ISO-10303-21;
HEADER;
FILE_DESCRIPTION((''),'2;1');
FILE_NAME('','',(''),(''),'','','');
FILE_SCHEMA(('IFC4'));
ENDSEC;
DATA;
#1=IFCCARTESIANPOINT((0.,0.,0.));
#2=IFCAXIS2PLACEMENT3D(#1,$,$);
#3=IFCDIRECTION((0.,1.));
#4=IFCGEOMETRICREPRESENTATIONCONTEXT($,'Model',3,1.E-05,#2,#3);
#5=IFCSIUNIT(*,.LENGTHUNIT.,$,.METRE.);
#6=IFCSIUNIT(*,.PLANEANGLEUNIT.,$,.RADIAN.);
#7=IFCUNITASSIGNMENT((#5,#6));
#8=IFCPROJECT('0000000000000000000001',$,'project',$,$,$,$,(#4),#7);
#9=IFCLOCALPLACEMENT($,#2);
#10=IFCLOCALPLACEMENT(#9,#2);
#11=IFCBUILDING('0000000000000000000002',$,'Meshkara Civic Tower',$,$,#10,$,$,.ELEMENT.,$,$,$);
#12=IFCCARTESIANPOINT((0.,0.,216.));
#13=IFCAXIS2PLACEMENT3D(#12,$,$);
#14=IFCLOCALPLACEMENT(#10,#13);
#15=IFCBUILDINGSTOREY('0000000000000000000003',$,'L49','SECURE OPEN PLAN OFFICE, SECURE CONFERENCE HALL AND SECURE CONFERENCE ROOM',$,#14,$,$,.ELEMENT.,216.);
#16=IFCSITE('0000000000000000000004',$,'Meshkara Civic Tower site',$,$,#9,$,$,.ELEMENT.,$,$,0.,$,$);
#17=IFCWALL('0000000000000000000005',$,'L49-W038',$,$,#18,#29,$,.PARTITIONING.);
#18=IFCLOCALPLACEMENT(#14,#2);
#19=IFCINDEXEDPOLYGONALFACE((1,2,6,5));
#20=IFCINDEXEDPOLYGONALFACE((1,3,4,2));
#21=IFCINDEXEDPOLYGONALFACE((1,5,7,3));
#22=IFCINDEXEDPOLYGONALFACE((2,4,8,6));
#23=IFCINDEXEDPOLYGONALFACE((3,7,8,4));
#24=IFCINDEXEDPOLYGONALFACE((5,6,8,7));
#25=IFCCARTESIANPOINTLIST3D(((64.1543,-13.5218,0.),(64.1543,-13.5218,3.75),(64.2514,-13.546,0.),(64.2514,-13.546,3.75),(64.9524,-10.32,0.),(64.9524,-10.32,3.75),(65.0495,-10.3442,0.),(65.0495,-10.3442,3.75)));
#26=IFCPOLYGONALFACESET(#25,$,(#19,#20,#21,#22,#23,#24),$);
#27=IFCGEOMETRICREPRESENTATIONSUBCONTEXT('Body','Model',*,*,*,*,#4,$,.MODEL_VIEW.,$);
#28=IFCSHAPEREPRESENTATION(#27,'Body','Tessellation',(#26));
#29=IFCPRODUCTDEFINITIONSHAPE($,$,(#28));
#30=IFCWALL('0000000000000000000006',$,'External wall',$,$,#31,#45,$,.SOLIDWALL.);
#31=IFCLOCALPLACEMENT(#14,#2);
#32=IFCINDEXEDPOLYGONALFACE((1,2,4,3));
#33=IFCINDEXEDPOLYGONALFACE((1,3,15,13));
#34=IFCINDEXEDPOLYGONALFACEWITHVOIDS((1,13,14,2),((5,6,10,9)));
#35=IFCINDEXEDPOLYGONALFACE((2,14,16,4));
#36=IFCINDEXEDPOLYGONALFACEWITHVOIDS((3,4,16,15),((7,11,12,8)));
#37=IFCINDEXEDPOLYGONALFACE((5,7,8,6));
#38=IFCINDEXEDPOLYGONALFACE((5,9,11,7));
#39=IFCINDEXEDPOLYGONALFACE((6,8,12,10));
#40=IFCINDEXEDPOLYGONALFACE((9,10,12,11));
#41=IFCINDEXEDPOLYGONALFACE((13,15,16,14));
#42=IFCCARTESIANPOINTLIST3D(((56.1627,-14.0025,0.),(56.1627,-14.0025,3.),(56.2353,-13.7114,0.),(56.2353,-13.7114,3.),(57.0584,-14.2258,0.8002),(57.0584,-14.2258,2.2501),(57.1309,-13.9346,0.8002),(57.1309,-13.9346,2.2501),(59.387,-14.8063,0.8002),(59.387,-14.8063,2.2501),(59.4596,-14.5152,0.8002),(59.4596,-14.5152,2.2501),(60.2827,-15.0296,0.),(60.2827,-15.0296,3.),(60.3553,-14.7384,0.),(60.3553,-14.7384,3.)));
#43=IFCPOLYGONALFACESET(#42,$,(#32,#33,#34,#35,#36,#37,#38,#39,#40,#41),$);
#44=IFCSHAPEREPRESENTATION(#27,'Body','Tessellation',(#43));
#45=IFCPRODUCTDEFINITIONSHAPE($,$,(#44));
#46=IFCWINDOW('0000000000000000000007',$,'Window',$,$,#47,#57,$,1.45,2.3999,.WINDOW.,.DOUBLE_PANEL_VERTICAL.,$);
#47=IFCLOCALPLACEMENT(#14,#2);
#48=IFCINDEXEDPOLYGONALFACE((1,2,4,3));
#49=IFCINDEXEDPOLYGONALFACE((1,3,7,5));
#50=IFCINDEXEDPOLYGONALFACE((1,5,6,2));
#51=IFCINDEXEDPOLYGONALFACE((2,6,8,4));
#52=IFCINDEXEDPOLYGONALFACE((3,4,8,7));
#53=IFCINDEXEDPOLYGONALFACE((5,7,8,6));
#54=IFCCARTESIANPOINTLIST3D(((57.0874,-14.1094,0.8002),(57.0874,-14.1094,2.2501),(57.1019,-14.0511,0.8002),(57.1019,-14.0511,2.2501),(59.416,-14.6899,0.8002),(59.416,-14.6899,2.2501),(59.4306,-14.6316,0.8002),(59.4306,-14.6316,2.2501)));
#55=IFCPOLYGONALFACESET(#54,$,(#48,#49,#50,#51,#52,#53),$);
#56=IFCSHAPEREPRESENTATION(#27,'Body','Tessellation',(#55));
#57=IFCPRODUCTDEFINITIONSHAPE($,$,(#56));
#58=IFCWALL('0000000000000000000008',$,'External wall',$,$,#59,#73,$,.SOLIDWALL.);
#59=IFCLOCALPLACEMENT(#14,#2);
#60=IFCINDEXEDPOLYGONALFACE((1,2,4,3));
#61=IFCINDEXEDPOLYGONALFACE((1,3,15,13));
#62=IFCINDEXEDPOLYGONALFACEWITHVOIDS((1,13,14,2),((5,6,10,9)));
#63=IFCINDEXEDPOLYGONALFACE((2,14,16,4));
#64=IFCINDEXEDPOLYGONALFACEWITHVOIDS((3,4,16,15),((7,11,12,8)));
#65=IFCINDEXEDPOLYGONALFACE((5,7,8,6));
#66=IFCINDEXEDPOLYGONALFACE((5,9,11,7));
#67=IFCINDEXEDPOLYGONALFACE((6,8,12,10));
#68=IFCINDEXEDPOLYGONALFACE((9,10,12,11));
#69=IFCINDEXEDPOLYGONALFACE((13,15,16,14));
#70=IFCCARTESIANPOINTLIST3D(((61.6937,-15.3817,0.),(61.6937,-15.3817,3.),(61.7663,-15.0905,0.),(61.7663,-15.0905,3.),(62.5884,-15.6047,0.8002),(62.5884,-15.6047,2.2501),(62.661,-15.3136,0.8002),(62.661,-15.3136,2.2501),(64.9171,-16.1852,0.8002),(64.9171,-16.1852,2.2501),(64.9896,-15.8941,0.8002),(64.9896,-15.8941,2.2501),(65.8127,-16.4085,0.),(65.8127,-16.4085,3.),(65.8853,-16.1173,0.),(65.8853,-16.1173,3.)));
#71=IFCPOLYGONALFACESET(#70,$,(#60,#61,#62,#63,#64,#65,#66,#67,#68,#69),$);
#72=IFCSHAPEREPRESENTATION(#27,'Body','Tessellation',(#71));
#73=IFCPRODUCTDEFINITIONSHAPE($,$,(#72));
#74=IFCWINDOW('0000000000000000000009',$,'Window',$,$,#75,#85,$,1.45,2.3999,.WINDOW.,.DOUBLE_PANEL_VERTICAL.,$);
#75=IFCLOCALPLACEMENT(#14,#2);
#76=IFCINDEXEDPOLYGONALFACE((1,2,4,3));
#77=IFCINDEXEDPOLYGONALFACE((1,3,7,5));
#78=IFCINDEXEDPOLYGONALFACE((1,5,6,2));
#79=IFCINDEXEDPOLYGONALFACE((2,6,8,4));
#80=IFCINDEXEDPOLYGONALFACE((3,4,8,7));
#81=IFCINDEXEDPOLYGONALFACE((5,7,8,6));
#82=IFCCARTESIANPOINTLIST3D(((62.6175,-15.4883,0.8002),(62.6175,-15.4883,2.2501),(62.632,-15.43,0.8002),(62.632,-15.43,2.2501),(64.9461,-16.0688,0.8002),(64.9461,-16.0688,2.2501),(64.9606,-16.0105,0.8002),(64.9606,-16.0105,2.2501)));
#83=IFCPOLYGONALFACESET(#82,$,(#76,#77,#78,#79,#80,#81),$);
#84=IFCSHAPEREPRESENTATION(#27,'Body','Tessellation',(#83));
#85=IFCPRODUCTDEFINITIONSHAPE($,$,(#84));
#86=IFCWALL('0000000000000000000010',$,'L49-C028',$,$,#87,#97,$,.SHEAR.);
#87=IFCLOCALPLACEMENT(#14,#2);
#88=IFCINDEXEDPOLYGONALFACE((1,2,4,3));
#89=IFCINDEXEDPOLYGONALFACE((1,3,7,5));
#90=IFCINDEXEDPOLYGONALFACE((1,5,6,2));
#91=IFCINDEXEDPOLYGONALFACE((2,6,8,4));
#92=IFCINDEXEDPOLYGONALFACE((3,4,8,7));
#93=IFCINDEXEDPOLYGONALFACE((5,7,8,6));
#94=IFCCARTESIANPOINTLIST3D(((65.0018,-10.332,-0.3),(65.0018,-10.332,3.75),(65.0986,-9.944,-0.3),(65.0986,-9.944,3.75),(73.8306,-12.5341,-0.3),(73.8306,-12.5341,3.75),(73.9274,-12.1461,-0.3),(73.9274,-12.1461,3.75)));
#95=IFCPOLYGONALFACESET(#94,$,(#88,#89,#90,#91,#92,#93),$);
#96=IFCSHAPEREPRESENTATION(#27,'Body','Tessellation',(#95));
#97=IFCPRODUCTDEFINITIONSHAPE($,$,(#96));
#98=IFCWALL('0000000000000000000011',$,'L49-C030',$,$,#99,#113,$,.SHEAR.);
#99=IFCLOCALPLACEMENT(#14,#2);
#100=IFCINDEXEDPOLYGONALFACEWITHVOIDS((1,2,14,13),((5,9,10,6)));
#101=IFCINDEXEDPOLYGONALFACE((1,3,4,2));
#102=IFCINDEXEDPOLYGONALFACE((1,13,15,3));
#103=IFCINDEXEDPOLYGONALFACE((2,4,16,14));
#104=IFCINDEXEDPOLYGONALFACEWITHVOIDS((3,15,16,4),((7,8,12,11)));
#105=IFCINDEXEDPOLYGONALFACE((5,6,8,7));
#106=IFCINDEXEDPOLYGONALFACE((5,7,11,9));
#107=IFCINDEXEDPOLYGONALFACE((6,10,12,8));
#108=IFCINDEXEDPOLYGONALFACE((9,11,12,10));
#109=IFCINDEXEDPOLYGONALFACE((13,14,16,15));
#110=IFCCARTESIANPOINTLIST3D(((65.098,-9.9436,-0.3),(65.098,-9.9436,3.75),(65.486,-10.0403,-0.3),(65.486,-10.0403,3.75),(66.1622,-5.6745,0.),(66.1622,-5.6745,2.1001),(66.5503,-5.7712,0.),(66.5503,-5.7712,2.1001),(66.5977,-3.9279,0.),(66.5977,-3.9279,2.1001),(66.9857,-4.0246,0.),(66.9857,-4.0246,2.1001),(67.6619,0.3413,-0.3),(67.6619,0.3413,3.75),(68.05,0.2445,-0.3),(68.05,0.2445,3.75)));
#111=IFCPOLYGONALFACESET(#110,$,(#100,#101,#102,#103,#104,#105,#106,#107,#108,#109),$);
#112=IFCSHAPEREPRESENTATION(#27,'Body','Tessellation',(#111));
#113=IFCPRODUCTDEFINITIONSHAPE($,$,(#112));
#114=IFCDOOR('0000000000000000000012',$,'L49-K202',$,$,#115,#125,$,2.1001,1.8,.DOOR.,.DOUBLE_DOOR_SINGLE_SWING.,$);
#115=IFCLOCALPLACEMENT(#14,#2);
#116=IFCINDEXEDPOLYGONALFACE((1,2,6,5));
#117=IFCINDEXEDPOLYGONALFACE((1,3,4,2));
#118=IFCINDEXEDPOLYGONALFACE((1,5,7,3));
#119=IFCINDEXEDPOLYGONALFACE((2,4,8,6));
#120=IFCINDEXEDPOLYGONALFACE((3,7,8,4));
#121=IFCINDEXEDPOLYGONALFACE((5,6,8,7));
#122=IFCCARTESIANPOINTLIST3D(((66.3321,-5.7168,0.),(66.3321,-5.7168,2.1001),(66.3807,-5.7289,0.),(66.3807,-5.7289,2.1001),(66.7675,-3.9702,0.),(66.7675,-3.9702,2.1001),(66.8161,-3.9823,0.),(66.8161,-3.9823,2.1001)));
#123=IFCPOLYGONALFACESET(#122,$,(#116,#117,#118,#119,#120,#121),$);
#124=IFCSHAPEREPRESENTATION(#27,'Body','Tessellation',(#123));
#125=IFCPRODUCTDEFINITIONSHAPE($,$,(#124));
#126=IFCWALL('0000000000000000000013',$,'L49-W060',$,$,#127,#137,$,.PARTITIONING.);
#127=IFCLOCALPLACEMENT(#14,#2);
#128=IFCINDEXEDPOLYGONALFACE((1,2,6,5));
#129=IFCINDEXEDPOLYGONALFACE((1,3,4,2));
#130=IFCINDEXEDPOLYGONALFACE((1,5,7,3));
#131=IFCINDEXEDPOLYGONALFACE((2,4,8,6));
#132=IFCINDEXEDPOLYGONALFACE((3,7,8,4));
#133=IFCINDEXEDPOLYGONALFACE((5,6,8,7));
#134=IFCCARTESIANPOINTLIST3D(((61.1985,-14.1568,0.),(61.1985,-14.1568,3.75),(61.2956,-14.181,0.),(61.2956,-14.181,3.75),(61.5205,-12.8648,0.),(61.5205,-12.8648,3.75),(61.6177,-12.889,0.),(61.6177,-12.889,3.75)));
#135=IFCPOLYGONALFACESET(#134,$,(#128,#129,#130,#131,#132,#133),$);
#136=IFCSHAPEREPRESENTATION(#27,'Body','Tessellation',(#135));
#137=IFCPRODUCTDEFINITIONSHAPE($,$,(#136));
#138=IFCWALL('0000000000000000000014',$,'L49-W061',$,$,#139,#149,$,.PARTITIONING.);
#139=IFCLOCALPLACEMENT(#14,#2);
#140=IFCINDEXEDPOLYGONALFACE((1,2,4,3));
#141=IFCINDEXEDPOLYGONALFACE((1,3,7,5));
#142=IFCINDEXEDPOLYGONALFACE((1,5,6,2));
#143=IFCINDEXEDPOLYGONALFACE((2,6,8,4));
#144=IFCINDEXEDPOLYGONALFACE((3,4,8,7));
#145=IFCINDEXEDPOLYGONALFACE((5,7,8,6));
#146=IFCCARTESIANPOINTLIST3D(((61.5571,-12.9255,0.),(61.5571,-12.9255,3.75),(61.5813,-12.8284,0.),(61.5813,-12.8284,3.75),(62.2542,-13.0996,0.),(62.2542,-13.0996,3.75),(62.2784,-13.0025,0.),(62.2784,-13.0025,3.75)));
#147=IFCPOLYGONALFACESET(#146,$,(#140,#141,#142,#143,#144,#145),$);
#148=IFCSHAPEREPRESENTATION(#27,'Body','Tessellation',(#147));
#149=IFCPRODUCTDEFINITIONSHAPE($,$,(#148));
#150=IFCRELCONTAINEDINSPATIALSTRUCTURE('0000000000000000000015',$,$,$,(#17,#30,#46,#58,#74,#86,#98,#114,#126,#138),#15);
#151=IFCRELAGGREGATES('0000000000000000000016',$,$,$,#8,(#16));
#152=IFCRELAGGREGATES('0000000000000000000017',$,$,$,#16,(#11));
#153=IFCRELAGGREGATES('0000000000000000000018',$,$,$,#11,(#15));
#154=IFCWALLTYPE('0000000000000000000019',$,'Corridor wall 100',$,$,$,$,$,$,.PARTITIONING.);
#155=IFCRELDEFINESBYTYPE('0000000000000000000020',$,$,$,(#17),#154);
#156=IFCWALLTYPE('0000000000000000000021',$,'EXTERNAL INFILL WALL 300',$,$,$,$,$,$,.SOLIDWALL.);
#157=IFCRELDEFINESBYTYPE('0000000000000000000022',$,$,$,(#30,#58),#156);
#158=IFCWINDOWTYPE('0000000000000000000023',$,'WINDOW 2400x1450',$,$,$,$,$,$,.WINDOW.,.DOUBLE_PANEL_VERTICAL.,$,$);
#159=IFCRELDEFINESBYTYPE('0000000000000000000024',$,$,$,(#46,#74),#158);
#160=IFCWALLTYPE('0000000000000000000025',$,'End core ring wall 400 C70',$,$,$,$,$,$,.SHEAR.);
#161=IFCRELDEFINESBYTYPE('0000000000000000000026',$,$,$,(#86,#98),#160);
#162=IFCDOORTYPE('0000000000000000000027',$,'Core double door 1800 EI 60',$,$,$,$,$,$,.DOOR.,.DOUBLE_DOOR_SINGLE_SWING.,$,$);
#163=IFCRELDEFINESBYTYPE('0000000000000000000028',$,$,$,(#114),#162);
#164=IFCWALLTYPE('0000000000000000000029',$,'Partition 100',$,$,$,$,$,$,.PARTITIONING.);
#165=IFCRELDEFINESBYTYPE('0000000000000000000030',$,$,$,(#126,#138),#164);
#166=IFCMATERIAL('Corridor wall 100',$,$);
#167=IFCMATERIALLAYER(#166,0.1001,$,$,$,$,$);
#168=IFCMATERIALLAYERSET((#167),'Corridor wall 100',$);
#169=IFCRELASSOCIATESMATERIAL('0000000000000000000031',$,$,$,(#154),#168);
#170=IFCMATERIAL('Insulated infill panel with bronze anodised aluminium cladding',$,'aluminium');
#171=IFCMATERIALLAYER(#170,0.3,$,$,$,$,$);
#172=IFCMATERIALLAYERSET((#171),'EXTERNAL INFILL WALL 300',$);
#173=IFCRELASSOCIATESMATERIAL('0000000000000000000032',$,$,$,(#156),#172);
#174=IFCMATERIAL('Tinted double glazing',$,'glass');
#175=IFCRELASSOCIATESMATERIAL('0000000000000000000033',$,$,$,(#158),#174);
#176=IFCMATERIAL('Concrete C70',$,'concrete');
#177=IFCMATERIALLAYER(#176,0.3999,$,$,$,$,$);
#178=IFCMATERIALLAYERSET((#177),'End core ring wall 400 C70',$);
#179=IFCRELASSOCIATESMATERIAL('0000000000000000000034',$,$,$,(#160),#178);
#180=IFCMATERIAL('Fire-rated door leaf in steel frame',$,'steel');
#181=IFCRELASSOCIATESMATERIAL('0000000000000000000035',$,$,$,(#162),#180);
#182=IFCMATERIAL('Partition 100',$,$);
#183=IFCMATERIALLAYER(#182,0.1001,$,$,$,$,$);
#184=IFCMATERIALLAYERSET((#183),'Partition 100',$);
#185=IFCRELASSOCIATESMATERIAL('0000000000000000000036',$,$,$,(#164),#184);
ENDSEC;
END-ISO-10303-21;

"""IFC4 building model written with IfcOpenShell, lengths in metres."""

from ifc_helpers import new_model, si_unit, direction, frame, frame_2d, origin, place, context, subcontext, project, spatial, rectangle, extrude, material, layer, layer_set, type_object, element, fill, save


model = new_model("IFC4")

# Units and contexts
model_context = context("Model", 3, precision=1e-05, world=origin(), true_north=direction((0.0, 1.0)))
body_context = subcontext(model_context, "Body", "Model", "MODEL_VIEW")
ifc_project = project(units=[si_unit("LENGTHUNIT", "METRE"), si_unit("PLANEANGLEUNIT", "RADIAN")], contexts=[model_context])

# Site, building, storey
site_placement = place(None, origin())
site = spatial("IfcSite", under=ifc_project, at=site_placement, Name="Meshkara Civic Tower site", CompositionType="ELEMENT", RefElevation=0.0)
building_placement = place(site_placement, origin())
building = spatial("IfcBuilding", under=site, at=building_placement, Name="Meshkara Civic Tower", CompositionType="ELEMENT")
storey_placement = place(building_placement, frame((0.0, 0.0, 216.0)))
storey = spatial("IfcBuildingStorey", under=building, at=storey_placement, Name="L49", Description="SECURE OPEN PLAN OFFICE, SECURE CONFERENCE HALL AND SECURE CONFERENCE ROOM", CompositionType="ELEMENT", Elevation=216.0)

# Shared definitions
ifc_material_1 = material(Name="Corridor wall 100")
ifc_layer_1 = layer(ifc_material_1, 0.1001)
ifc_layer_set_1 = layer_set([ifc_layer_1], Name="Corridor wall 100")
wall_type_1 = type_object("IfcWallType", Name="Corridor wall 100", PredefinedType="PARTITIONING", material=ifc_layer_set_1)

# Wall
wall_1_placement = place(storey_placement, frame((64.2029, -13.5339, 0.0), z_axis=(0.0, 0.0, 1.0), x_axis=(0.241857, 0.970312, 0.0)))
element("IfcWall", 1, at=wall_1_placement, inside=storey, type_object=wall_type_1, Name="L49-W038", PredefinedType="PARTITIONING", context=body_context, shape_type="SweptSolid", body=[
    extrude(rectangle(XDim=3.2998, YDim=0.1001, at=frame_2d((1.6499, 0.0))), origin(), (0.0, 0.0, 1.0), 3.75),
])

# Walls, openings, windows
ifc_material_2 = material(Name="Insulated infill panel with bronze anodised aluminium cladding", Category="aluminium")
ifc_layer_2 = layer(ifc_material_2, 0.3)
ifc_layer_set_2 = layer_set([ifc_layer_2], Name="EXTERNAL INFILL WALL 300")
wall_type_2 = type_object("IfcWallType", Name="EXTERNAL INFILL WALL 300", PredefinedType="SOLIDWALL", material=ifc_layer_set_2)
wall_2_placement = place(storey_placement, frame((56.199, -13.8569, 0.0), z_axis=(0.0, 0.0, 1.0), x_axis=(0.970305, -0.241886, 0.0)))
wall_2 = element("IfcWall", 2, at=wall_2_placement, inside=storey, type_object=wall_type_2, Name="External wall", PredefinedType="SOLIDWALL", context=body_context, shape_type="SweptSolid", body=[
    extrude(rectangle(XDim=4.2461, YDim=0.3, at=frame_2d((2.123, 0.0))), origin(), (0.0, 0.0, 1.0), 3.0),
])
opening_1_placement = place(wall_2_placement, frame((0.9231, 0.0, 0.8)))
opening_1 = element("IfcOpeningElement", 3, at=opening_1_placement, cuts=wall_2, PredefinedType="OPENING", context=body_context, shape_type="SweptSolid", body=[
    extrude(rectangle(XDim=2.3999, YDim=1.45, at=frame_2d((1.2, 0.7251))), frame((0.0, 0.1599, 0.0), z_axis=(0.0, -1.0, 0.0), x_axis=(1.0, 0.0, 0.0)), (0.0, 0.0, 1.0), 0.3201),
])
ifc_material_3 = material(Name="Tinted double glazing", Category="glass")
window_type = type_object("IfcWindowType", Name="WINDOW 2400x1450", PartitioningType="DOUBLE_PANEL_VERTICAL", PredefinedType="WINDOW", material=ifc_material_3)
window_1_placement = place(opening_1_placement, origin())
window_1 = element("IfcWindow", 4, at=window_1_placement, inside=storey, type_object=window_type, Name="Window", OverallHeight=1.45, OverallWidth=2.3999, PartitioningType="DOUBLE_PANEL_VERTICAL", PredefinedType="WINDOW", context=body_context, shape_type="SweptSolid", body=[
    extrude(rectangle(XDim=2.3999, YDim=1.45, at=frame_2d((1.2, 0.7251))), frame((0.0, 0.03, 0.0), z_axis=(0.0, -1.0, 0.0), x_axis=(1.0, 0.0, 0.0)), (0.0, 0.0, 1.0), 0.0601),
])
fill(opening_1, window_1)
wall_3_placement = place(storey_placement, frame((61.73, -15.2361, 0.0), z_axis=(0.0, 0.0, 1.0), x_axis=(0.970305, -0.241886, 0.0)))
wall_3 = element("IfcWall", 5, at=wall_3_placement, inside=storey, type_object=wall_type_2, Name="External wall", PredefinedType="SOLIDWALL", context=body_context, shape_type="SweptSolid", body=[
    extrude(rectangle(XDim=4.2451, YDim=0.3, at=frame_2d((2.1226, 0.0))), origin(), (0.0, 0.0, 1.0), 3.0),
])
opening_2_placement = place(wall_3_placement, frame((0.9221, 0.0, 0.8)))
opening_2 = element("IfcOpeningElement", 6, at=opening_2_placement, cuts=wall_3, PredefinedType="OPENING", context=body_context, shape_type="SweptSolid", body=[
    extrude(rectangle(XDim=2.3999, YDim=1.45, at=frame_2d((1.2, 0.7251))), frame((0.0, 0.1599, 0.0), z_axis=(0.0, -1.0, 0.0), x_axis=(1.0, 0.0, 0.0)), (0.0, 0.0, 1.0), 0.3201),
])
window_2_placement = place(opening_2_placement, origin())
window_2 = element("IfcWindow", 7, at=window_2_placement, inside=storey, type_object=window_type, Name="Window", OverallHeight=1.45, OverallWidth=2.3999, PartitioningType="DOUBLE_PANEL_VERTICAL", PredefinedType="WINDOW", context=body_context, shape_type="SweptSolid", body=[
    extrude(rectangle(XDim=2.3999, YDim=1.45, at=frame_2d((1.2, 0.7251))), frame((0.0, 0.03, 0.0), z_axis=(0.0, -1.0, 0.0), x_axis=(1.0, 0.0, 0.0)), (0.0, 0.0, 1.0), 0.0601),
])
fill(opening_2, window_2)

# Wall
ifc_material_4 = material(Name="Concrete C70", Category="concrete")
ifc_layer_3 = layer(ifc_material_4, 0.3999)
ifc_layer_set_3 = layer_set([ifc_layer_3], Name="End core ring wall 400 C70")
wall_type_3 = type_object("IfcWallType", Name="End core ring wall 400 C70", PredefinedType="SHEAR", material=ifc_layer_set_3)
wall_4_placement = place(storey_placement, frame((65.05, -10.1379, -0.3), z_axis=(0.0, 0.0, 1.0), x_axis=(0.970273, -0.242012, 0.0)))
element("IfcWall", 8, at=wall_4_placement, inside=storey, type_object=wall_type_3, Name="L49-C028", PredefinedType="SHEAR", context=body_context, shape_type="SweptSolid", body=[
    extrude(rectangle(XDim=9.0994, YDim=0.3999, at=frame_2d((4.5498, 0.0))), origin(), (0.0, 0.0, 1.0), 4.05),
])

# Wall, opening, door
wall_5_placement = place(storey_placement, frame((65.292, -9.9919, -0.3), z_axis=(0.0, 0.0, 1.0), x_axis=(0.241891, 0.970304, 0.0)))
wall_5 = element("IfcWall", 9, at=wall_5_placement, inside=storey, type_object=wall_type_3, Name="L49-C030", PredefinedType="SHEAR", context=body_context, shape_type="SweptSolid", body=[
    extrude(rectangle(XDim=10.5996, YDim=0.3999, at=frame_2d((5.2998, 0.0))), origin(), (0.0, 0.0, 1.0), 4.05),
])
opening_3_placement = place(wall_5_placement, frame((4.3999, 0.0, 0.3)))
opening_3 = element("IfcOpeningElement", 10, at=opening_3_placement, cuts=wall_5, PredefinedType="OPENING", context=body_context, shape_type="SweptSolid", body=[
    extrude(rectangle(XDim=1.8, YDim=2.1001, at=frame_2d((0.8999, 1.05))), frame((0.0, 0.21, 0.0), z_axis=(0.0, -1.0, 0.0), x_axis=(1.0, 0.0, 0.0)), (0.0, 0.0, 1.0), 0.4199),
])
ifc_material_5 = material(Name="Fire-rated door leaf in steel frame", Category="steel")
door_type_1 = type_object("IfcDoorType", Name="Core double door 1800 EI 60", OperationType="DOUBLE_DOOR_SINGLE_SWING", PredefinedType="DOOR", material=ifc_material_5)
door_1_placement = place(opening_3_placement, origin())
door_1 = element("IfcDoor", 11, at=door_1_placement, inside=storey, type_object=door_type_1, Name="L49-K202", OperationType="DOUBLE_DOOR_SINGLE_SWING", OverallHeight=2.1001, OverallWidth=1.8, PredefinedType="DOOR", context=body_context, shape_type="SweptSolid", body=[
    extrude(rectangle(XDim=1.8, YDim=2.1001, at=frame_2d((0.8999, 1.05))), frame((0.0, 0.0249, 0.0), z_axis=(0.0, -1.0, 0.0), x_axis=(1.0, 0.0, 0.0)), (0.0, 0.0, 1.0), 0.05),
])
fill(opening_3, door_1)

# Walls
ifc_material_6 = material(Name="Partition 100")
ifc_layer_4 = layer(ifc_material_6, 0.1001)
ifc_layer_set_4 = layer_set([ifc_layer_4], Name="Partition 100")
wall_type_4 = type_object("IfcWallType", Name="Partition 100", PredefinedType="PARTITIONING", material=ifc_layer_set_4)
wall_6_placement = place(storey_placement, frame((61.2471, -14.1689, 0.0), z_axis=(0.0, 0.0, 1.0), x_axis=(0.241845, 0.970315, 0.0)))
element("IfcWall", 12, at=wall_6_placement, inside=storey, type_object=wall_type_4, Name="L49-W060", PredefinedType="PARTITIONING", context=body_context, shape_type="SweptSolid", body=[
    extrude(rectangle(XDim=1.3315, YDim=0.1001, at=frame_2d((0.6658, 0.0))), origin(), (0.0, 0.0, 1.0), 3.75),
])
wall_7_placement = place(storey_placement, frame((61.5691, -12.877, 0.0), z_axis=(0.0, 0.0, 1.0), x_axis=(0.970202, -0.242296, 0.0)))
element("IfcWall", 13, at=wall_7_placement, inside=storey, type_object=wall_type_4, Name="L49-W061", PredefinedType="PARTITIONING", context=body_context, shape_type="SweptSolid", body=[
    extrude(rectangle(XDim=0.7185, YDim=0.1001, at=frame_2d((0.3594, 0.0))), origin(), (0.0, 0.0, 1.0), 3.75),
])

save(model, "model.ifc")
